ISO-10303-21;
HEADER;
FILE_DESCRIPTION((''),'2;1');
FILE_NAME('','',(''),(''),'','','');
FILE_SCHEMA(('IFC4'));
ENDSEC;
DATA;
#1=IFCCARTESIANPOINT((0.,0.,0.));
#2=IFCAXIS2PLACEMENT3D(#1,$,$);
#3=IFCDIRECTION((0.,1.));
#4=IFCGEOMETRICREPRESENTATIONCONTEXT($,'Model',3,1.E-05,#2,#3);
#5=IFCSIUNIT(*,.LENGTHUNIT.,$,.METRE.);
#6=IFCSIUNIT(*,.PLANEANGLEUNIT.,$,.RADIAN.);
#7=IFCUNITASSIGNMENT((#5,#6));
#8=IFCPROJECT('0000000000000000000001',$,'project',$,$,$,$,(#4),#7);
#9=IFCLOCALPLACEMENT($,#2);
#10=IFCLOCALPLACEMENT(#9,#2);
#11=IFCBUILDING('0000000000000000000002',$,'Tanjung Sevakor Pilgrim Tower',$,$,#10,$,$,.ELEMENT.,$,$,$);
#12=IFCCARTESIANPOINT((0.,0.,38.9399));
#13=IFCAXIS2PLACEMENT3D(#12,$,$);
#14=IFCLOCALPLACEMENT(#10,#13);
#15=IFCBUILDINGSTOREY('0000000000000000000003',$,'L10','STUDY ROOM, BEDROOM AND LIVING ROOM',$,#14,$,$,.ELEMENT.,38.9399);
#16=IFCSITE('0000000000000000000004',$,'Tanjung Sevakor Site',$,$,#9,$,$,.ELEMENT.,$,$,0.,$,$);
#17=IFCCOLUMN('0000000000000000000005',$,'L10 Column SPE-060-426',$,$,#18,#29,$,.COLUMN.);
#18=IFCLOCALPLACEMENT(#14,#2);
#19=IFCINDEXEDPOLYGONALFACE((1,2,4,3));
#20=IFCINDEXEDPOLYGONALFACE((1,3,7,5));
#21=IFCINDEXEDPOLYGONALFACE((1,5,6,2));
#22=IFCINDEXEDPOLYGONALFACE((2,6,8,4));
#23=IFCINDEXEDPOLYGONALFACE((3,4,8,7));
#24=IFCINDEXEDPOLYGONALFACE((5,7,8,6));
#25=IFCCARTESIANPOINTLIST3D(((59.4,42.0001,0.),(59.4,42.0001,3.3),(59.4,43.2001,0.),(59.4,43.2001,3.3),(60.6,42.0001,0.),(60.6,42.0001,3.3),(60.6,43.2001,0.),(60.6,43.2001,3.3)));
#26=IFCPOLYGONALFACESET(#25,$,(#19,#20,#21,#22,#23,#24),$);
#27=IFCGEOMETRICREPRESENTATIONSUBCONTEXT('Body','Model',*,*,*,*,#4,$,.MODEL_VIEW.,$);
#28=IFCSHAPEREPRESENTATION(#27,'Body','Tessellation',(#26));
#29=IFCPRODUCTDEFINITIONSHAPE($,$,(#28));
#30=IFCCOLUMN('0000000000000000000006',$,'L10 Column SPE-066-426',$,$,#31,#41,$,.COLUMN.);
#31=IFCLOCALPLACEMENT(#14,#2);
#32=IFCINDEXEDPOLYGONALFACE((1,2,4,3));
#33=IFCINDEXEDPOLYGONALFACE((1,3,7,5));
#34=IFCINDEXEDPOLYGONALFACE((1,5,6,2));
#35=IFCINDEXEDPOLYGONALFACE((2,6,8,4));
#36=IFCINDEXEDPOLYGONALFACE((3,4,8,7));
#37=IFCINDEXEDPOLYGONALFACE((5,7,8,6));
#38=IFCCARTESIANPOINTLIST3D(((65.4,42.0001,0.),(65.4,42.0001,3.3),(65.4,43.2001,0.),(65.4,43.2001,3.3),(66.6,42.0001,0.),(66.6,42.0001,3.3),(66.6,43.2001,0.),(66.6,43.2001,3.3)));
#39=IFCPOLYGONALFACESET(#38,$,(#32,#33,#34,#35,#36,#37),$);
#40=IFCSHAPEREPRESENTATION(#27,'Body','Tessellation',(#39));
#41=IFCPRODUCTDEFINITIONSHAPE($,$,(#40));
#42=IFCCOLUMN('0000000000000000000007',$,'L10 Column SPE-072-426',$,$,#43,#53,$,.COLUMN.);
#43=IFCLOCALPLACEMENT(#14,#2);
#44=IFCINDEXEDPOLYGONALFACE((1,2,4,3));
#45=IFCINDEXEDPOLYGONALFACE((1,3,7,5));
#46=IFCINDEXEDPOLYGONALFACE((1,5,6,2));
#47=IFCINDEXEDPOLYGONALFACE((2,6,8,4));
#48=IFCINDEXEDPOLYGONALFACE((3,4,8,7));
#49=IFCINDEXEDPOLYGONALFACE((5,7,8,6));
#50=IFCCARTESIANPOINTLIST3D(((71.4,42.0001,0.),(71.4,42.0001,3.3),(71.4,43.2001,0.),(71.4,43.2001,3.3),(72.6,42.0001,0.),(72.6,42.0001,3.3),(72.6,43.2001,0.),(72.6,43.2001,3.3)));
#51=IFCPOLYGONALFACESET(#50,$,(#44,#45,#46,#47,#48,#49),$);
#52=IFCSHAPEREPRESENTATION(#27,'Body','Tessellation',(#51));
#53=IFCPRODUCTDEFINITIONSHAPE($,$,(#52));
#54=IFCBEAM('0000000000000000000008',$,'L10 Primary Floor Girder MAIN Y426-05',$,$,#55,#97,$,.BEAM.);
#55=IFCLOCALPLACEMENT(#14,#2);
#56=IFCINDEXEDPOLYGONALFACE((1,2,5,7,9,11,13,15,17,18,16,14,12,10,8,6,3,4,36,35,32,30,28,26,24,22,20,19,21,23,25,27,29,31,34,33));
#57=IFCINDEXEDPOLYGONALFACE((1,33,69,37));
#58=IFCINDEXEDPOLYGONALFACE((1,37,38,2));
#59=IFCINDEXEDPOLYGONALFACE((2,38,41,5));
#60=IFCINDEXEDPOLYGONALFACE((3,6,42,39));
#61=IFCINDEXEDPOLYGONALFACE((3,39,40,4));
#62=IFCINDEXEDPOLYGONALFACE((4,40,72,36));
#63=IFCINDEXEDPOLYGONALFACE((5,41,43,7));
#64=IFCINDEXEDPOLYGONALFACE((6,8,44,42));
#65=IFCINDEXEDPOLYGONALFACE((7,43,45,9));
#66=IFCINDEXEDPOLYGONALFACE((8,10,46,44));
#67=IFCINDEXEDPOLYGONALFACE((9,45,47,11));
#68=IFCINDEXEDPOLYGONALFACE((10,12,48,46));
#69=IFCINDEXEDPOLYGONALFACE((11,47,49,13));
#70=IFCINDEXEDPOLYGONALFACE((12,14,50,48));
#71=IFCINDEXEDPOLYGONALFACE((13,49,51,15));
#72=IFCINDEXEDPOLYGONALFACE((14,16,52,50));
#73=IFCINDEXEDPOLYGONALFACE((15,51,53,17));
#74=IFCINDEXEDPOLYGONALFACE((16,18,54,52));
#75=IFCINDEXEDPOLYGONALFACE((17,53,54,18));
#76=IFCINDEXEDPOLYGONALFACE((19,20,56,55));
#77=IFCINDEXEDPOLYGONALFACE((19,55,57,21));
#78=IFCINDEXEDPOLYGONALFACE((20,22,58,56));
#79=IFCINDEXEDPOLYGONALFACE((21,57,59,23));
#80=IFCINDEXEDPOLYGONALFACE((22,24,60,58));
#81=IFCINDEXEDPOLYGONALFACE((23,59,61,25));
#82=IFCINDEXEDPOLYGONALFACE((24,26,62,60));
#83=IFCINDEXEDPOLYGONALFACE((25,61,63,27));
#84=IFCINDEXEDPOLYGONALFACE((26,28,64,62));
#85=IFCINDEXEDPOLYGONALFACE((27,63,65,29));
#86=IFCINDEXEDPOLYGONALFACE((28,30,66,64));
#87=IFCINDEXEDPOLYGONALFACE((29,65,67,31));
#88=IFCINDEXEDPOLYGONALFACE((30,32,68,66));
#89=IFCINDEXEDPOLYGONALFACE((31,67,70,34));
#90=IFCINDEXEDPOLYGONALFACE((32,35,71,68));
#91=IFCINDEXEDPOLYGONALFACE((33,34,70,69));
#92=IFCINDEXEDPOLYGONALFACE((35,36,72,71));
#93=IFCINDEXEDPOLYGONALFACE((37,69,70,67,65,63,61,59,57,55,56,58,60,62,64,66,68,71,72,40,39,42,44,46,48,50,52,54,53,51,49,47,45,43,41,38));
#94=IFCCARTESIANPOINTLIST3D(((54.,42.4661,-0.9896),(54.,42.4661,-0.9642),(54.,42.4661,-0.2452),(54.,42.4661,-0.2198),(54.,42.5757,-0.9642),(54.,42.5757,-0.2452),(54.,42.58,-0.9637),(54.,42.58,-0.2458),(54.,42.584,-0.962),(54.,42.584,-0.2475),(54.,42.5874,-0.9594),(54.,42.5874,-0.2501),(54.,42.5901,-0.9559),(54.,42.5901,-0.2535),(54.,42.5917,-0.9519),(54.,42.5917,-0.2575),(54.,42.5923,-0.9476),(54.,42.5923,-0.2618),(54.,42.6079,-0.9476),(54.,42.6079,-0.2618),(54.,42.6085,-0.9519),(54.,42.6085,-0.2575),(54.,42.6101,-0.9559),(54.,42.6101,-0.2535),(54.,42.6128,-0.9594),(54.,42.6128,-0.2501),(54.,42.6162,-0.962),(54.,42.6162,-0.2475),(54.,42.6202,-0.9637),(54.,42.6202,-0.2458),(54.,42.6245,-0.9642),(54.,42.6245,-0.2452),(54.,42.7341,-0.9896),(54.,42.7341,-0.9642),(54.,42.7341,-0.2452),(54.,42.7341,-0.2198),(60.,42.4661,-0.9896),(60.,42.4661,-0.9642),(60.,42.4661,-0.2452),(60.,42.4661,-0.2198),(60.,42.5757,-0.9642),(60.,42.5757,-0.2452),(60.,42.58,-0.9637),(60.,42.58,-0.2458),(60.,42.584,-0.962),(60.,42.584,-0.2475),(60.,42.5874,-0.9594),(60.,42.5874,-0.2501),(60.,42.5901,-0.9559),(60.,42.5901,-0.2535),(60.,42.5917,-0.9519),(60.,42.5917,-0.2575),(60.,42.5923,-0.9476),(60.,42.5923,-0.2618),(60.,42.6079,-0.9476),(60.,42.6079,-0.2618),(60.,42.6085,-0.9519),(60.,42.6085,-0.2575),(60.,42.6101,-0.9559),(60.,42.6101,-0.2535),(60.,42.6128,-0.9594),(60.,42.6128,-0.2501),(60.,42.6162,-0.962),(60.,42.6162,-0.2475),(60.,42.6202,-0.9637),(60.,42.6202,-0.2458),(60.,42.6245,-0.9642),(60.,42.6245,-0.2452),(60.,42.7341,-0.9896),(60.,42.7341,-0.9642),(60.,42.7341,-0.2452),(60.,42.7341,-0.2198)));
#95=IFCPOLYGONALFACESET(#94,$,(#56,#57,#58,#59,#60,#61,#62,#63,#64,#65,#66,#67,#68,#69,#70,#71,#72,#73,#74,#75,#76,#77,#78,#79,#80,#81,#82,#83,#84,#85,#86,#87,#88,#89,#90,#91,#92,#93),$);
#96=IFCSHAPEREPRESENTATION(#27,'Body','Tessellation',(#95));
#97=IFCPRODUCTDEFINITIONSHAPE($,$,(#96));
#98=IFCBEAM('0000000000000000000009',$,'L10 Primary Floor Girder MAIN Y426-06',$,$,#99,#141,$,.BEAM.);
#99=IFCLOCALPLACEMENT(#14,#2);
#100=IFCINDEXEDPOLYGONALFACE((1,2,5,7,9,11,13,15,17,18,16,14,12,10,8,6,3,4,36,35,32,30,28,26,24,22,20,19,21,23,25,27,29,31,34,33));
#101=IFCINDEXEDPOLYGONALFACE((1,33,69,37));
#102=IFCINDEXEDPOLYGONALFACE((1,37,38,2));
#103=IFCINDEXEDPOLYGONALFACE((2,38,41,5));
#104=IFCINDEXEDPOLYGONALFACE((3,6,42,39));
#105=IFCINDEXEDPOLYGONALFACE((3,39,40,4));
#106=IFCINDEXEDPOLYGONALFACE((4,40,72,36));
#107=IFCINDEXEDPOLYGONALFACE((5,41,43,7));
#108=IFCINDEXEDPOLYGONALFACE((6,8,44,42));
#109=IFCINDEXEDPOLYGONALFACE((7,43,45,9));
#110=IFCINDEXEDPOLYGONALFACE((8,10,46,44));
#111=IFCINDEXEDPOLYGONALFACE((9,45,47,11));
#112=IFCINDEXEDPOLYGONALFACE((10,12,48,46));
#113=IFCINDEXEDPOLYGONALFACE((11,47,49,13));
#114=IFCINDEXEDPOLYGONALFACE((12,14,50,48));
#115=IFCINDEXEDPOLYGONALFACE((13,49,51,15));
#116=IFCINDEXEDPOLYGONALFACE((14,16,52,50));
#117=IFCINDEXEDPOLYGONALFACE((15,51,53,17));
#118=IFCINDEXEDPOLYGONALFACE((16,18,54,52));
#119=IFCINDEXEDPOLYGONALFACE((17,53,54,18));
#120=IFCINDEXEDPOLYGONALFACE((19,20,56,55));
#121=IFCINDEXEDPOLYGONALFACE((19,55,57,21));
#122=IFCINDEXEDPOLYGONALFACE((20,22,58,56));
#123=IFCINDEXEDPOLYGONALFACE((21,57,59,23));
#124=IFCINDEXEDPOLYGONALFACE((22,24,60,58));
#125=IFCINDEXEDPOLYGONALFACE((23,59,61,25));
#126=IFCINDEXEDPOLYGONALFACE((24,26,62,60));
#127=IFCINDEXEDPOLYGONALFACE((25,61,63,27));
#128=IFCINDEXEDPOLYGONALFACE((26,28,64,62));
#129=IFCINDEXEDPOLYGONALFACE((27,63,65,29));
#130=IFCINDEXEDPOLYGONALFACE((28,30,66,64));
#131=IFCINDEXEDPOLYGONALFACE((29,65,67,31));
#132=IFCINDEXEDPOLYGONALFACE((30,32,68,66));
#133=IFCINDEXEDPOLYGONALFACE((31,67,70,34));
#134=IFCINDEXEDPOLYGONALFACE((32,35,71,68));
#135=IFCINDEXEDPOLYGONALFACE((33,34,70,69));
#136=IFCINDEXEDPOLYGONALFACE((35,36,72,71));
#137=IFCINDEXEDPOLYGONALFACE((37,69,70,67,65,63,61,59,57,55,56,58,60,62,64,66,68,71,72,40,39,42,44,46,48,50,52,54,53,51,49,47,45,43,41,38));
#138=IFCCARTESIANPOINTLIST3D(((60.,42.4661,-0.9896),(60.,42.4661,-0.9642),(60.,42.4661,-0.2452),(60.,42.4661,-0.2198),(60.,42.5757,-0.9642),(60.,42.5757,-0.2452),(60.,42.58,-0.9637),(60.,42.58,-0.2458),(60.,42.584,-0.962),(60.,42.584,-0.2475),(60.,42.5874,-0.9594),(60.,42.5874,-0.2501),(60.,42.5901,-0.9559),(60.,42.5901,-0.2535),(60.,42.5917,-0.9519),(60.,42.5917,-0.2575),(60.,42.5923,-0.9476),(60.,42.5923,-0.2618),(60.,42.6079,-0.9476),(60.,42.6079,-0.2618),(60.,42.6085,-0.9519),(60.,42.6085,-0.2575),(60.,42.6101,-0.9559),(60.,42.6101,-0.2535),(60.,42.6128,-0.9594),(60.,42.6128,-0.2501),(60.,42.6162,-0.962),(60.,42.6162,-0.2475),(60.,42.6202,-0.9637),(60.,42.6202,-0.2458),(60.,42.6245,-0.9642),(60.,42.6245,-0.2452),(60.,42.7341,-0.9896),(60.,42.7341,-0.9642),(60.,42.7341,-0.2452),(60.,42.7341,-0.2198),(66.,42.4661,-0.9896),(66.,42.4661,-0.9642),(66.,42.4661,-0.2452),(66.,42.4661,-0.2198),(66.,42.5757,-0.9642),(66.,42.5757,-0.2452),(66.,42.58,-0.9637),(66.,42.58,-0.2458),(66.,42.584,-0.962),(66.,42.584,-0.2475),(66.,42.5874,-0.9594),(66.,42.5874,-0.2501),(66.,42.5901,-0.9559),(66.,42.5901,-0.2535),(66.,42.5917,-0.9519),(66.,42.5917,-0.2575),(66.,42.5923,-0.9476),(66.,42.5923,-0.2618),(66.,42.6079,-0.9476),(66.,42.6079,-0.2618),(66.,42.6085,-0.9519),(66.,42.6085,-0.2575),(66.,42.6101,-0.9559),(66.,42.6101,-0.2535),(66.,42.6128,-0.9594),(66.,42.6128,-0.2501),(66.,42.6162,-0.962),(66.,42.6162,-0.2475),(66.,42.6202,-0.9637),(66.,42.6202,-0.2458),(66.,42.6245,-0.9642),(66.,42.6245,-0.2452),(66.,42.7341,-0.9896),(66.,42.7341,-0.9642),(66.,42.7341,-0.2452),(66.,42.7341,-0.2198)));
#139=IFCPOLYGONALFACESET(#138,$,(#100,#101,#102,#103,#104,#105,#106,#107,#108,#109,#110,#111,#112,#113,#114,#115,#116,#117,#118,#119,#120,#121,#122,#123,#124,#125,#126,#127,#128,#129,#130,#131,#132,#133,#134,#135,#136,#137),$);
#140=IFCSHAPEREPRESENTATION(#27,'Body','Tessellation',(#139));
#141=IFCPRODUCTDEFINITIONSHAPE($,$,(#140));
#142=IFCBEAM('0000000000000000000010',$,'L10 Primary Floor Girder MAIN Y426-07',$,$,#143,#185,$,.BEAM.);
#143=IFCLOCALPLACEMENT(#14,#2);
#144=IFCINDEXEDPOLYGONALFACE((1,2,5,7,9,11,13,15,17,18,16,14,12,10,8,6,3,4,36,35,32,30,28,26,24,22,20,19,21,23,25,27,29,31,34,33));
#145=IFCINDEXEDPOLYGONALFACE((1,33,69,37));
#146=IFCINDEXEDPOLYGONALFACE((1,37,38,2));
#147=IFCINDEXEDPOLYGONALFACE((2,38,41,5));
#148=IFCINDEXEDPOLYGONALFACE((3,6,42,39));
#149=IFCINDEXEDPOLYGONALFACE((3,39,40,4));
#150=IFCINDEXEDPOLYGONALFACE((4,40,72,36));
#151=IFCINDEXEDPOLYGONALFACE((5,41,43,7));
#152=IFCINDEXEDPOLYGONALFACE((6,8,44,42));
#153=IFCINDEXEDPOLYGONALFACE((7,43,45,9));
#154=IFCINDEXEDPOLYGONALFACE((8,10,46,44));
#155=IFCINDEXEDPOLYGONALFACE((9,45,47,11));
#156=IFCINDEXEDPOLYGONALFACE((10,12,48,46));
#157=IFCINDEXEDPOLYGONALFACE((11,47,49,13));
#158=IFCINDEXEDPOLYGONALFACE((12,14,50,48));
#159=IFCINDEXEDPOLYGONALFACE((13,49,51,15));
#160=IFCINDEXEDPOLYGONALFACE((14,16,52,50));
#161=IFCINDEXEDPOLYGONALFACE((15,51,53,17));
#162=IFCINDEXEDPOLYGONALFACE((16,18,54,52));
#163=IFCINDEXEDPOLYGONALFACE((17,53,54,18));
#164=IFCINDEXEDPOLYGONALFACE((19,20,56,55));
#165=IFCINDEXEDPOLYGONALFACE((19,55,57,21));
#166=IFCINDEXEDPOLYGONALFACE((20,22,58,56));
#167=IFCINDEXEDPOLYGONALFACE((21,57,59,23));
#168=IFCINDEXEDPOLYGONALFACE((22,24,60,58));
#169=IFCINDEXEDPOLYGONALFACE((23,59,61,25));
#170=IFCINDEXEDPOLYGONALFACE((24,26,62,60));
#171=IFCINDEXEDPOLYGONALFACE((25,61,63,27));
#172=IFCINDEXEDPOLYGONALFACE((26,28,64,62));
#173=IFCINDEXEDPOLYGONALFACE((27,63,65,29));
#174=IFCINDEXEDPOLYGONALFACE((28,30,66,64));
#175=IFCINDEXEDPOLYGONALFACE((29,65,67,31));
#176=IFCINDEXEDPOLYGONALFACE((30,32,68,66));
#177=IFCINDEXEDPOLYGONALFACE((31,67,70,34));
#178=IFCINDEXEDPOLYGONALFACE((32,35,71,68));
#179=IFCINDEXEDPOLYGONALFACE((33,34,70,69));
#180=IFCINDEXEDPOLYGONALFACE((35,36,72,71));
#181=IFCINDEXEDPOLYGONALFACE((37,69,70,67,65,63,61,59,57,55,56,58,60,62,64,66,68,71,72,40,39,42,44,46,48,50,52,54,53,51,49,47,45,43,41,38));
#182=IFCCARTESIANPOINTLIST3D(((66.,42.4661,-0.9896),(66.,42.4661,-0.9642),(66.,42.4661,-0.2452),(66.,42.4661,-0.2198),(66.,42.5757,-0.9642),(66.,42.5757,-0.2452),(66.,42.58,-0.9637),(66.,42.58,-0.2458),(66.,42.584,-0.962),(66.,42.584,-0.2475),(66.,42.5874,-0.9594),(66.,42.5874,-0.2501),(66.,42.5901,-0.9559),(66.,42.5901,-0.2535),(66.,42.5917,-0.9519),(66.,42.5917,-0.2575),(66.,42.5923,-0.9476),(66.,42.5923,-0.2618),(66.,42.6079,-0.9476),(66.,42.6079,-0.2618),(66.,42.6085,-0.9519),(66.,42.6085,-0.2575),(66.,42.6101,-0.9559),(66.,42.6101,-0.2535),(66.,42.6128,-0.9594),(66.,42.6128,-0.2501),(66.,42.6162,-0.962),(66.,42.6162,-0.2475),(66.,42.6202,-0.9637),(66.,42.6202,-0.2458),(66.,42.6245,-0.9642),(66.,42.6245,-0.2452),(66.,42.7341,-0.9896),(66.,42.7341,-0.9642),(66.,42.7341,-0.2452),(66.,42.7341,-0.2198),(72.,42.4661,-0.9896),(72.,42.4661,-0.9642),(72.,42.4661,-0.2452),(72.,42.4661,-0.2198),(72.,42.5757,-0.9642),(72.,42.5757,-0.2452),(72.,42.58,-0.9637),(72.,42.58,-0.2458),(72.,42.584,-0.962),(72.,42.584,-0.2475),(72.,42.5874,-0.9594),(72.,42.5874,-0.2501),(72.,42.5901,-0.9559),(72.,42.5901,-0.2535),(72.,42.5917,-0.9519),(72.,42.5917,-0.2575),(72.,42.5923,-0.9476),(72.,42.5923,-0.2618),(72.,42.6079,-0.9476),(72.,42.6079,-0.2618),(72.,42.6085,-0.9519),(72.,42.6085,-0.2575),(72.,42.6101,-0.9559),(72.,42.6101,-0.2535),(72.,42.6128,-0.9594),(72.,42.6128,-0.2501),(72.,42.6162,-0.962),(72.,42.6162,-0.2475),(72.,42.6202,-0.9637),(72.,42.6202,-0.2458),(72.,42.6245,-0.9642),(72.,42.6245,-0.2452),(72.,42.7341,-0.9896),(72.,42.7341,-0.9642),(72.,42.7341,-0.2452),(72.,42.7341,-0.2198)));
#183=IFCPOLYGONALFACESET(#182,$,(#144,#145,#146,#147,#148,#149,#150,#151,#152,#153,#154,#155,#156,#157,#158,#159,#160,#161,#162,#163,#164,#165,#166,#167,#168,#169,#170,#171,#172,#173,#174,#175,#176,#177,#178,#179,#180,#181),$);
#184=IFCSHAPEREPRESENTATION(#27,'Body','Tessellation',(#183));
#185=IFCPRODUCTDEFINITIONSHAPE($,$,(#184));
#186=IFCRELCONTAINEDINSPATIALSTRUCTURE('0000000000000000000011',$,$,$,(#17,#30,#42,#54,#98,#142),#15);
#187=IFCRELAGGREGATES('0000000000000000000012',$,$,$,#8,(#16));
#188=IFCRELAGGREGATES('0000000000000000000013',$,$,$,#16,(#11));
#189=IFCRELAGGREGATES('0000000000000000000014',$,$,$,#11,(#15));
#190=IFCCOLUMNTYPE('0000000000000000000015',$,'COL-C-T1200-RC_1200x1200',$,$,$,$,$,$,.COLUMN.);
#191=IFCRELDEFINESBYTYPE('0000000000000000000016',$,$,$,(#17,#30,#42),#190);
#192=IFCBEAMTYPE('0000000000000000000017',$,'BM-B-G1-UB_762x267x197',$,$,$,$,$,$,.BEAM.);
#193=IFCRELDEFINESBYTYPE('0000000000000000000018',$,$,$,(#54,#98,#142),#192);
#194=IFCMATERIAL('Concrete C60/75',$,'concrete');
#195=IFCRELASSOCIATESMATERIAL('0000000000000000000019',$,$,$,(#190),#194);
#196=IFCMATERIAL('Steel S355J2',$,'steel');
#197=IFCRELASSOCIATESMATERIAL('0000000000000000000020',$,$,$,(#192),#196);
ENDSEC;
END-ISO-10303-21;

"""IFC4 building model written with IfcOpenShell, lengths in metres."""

from ifc_helpers import new_model, si_unit, direction, frame, origin, origin_2d, place, context, subcontext, project, spatial, rectangle, i_section, extrude, material, material_profile, profile_set, type_object, element, save


model = new_model("IFC4")

# Units and contexts
model_context = context("Model", 3, precision=1e-05, world=origin(), true_north=direction((0.0, 1.0)))
body_context = subcontext(model_context, "Body", "Model", "MODEL_VIEW")
ifc_project = project(units=[si_unit("LENGTHUNIT", "METRE"), si_unit("PLANEANGLEUNIT", "RADIAN")], contexts=[model_context])

# Site, building, storey
site_placement = place(None, origin())
site = spatial("IfcSite", under=ifc_project, at=site_placement, Name="Tanjung Sevakor Site", CompositionType="ELEMENT", RefElevation=0.0)
building_placement = place(site_placement, origin())
building = spatial("IfcBuilding", under=site, at=building_placement, Name="Tanjung Sevakor Pilgrim Tower", CompositionType="ELEMENT")
storey_placement = place(building_placement, frame((0.0, 0.0, 38.9399)))
storey = spatial("IfcBuildingStorey", under=building, at=storey_placement, Name="L10", Description="STUDY ROOM, BEDROOM AND LIVING ROOM", CompositionType="ELEMENT", Elevation=38.9399)

# Columns
ifc_material_1 = material(Name="Concrete C60/75", Category="concrete")
ifc_material_profile_1 = material_profile(ifc_material_1, rectangle(XDim=1.2, YDim=1.2, at=origin_2d()))
ifc_profile_set_1 = profile_set([ifc_material_profile_1], Name="Concrete C60/75")
column_type = type_object("IfcColumnType", Name="COL-C-T1200-RC_1200x1200", PredefinedType="COLUMN", material=ifc_profile_set_1)
for number, where, z_axis, x_axis, name in (
    (1, (60.0, 42.6001, 0.0), (0.0, 0.0, 1.0), (1.0, 0.0, 0.0), "L10 Column SPE-060-426"),
    (2, (66.0, 42.6001, 0.0), (0.0, 0.0, 1.0), (1.0, 0.0, 0.0), "L10 Column SPE-066-426"),
    (3, (72.0, 42.6001, 0.0), (0.0, 0.0, 1.0), (1.0, 0.0, 0.0), "L10 Column SPE-072-426"),
):
    element("IfcColumn", number, at=place(storey_placement, frame(where, z_axis=z_axis, x_axis=x_axis)), inside=storey, type_object=column_type, Name=name, PredefinedType="COLUMN", context=body_context, shape_type="SweptSolid", body=[
        extrude(rectangle(XDim=1.2, YDim=1.2, at=origin_2d()), origin(), (0.0, 0.0, 1.0), 3.3),
    ])

# Beams
ifc_material_2 = material(Name="Steel S355J2", Category="steel")
ifc_material_profile_2 = material_profile(ifc_material_2, i_section(OverallWidth=0.2681, OverallDepth=0.7698, WebThickness=0.0156, FlangeThickness=0.0254, FilletRadius=0.0166, at=origin_2d()))
ifc_profile_set_2 = profile_set([ifc_material_profile_2], Name="Steel S355J2")
beam_type_1 = type_object("IfcBeamType", Name="BM-B-G1-UB_762x267x197", PredefinedType="BEAM", material=ifc_profile_set_2)
for number, where, z_axis, x_axis, name in (
    (4, (54.0, 42.6001, -0.6047), (1.0, 0.0, 0.0), (0.0, 1.0, 0.0), "L10 Primary Floor Girder MAIN Y426-05"),
    (5, (60.0, 42.6001, -0.6047), (1.0, 0.0, 0.0), (0.0, 1.0, 0.0), "L10 Primary Floor Girder MAIN Y426-06"),
    (6, (66.0, 42.6001, -0.6047), (1.0, 0.0, 0.0), (0.0, 1.0, 0.0), "L10 Primary Floor Girder MAIN Y426-07"),
):
    element("IfcBeam", number, at=place(storey_placement, frame(where, z_axis=z_axis, x_axis=x_axis)), inside=storey, type_object=beam_type_1, Name=name, PredefinedType="BEAM", context=body_context, shape_type="SweptSolid", body=[
        extrude(i_section(OverallWidth=0.2681, OverallDepth=0.7698, WebThickness=0.0156, FlangeThickness=0.0254, FilletRadius=0.0166, at=origin_2d()), origin(), (0.0, 0.0, 1.0), 6.0),
    ])

save(model, "model.ifc")
